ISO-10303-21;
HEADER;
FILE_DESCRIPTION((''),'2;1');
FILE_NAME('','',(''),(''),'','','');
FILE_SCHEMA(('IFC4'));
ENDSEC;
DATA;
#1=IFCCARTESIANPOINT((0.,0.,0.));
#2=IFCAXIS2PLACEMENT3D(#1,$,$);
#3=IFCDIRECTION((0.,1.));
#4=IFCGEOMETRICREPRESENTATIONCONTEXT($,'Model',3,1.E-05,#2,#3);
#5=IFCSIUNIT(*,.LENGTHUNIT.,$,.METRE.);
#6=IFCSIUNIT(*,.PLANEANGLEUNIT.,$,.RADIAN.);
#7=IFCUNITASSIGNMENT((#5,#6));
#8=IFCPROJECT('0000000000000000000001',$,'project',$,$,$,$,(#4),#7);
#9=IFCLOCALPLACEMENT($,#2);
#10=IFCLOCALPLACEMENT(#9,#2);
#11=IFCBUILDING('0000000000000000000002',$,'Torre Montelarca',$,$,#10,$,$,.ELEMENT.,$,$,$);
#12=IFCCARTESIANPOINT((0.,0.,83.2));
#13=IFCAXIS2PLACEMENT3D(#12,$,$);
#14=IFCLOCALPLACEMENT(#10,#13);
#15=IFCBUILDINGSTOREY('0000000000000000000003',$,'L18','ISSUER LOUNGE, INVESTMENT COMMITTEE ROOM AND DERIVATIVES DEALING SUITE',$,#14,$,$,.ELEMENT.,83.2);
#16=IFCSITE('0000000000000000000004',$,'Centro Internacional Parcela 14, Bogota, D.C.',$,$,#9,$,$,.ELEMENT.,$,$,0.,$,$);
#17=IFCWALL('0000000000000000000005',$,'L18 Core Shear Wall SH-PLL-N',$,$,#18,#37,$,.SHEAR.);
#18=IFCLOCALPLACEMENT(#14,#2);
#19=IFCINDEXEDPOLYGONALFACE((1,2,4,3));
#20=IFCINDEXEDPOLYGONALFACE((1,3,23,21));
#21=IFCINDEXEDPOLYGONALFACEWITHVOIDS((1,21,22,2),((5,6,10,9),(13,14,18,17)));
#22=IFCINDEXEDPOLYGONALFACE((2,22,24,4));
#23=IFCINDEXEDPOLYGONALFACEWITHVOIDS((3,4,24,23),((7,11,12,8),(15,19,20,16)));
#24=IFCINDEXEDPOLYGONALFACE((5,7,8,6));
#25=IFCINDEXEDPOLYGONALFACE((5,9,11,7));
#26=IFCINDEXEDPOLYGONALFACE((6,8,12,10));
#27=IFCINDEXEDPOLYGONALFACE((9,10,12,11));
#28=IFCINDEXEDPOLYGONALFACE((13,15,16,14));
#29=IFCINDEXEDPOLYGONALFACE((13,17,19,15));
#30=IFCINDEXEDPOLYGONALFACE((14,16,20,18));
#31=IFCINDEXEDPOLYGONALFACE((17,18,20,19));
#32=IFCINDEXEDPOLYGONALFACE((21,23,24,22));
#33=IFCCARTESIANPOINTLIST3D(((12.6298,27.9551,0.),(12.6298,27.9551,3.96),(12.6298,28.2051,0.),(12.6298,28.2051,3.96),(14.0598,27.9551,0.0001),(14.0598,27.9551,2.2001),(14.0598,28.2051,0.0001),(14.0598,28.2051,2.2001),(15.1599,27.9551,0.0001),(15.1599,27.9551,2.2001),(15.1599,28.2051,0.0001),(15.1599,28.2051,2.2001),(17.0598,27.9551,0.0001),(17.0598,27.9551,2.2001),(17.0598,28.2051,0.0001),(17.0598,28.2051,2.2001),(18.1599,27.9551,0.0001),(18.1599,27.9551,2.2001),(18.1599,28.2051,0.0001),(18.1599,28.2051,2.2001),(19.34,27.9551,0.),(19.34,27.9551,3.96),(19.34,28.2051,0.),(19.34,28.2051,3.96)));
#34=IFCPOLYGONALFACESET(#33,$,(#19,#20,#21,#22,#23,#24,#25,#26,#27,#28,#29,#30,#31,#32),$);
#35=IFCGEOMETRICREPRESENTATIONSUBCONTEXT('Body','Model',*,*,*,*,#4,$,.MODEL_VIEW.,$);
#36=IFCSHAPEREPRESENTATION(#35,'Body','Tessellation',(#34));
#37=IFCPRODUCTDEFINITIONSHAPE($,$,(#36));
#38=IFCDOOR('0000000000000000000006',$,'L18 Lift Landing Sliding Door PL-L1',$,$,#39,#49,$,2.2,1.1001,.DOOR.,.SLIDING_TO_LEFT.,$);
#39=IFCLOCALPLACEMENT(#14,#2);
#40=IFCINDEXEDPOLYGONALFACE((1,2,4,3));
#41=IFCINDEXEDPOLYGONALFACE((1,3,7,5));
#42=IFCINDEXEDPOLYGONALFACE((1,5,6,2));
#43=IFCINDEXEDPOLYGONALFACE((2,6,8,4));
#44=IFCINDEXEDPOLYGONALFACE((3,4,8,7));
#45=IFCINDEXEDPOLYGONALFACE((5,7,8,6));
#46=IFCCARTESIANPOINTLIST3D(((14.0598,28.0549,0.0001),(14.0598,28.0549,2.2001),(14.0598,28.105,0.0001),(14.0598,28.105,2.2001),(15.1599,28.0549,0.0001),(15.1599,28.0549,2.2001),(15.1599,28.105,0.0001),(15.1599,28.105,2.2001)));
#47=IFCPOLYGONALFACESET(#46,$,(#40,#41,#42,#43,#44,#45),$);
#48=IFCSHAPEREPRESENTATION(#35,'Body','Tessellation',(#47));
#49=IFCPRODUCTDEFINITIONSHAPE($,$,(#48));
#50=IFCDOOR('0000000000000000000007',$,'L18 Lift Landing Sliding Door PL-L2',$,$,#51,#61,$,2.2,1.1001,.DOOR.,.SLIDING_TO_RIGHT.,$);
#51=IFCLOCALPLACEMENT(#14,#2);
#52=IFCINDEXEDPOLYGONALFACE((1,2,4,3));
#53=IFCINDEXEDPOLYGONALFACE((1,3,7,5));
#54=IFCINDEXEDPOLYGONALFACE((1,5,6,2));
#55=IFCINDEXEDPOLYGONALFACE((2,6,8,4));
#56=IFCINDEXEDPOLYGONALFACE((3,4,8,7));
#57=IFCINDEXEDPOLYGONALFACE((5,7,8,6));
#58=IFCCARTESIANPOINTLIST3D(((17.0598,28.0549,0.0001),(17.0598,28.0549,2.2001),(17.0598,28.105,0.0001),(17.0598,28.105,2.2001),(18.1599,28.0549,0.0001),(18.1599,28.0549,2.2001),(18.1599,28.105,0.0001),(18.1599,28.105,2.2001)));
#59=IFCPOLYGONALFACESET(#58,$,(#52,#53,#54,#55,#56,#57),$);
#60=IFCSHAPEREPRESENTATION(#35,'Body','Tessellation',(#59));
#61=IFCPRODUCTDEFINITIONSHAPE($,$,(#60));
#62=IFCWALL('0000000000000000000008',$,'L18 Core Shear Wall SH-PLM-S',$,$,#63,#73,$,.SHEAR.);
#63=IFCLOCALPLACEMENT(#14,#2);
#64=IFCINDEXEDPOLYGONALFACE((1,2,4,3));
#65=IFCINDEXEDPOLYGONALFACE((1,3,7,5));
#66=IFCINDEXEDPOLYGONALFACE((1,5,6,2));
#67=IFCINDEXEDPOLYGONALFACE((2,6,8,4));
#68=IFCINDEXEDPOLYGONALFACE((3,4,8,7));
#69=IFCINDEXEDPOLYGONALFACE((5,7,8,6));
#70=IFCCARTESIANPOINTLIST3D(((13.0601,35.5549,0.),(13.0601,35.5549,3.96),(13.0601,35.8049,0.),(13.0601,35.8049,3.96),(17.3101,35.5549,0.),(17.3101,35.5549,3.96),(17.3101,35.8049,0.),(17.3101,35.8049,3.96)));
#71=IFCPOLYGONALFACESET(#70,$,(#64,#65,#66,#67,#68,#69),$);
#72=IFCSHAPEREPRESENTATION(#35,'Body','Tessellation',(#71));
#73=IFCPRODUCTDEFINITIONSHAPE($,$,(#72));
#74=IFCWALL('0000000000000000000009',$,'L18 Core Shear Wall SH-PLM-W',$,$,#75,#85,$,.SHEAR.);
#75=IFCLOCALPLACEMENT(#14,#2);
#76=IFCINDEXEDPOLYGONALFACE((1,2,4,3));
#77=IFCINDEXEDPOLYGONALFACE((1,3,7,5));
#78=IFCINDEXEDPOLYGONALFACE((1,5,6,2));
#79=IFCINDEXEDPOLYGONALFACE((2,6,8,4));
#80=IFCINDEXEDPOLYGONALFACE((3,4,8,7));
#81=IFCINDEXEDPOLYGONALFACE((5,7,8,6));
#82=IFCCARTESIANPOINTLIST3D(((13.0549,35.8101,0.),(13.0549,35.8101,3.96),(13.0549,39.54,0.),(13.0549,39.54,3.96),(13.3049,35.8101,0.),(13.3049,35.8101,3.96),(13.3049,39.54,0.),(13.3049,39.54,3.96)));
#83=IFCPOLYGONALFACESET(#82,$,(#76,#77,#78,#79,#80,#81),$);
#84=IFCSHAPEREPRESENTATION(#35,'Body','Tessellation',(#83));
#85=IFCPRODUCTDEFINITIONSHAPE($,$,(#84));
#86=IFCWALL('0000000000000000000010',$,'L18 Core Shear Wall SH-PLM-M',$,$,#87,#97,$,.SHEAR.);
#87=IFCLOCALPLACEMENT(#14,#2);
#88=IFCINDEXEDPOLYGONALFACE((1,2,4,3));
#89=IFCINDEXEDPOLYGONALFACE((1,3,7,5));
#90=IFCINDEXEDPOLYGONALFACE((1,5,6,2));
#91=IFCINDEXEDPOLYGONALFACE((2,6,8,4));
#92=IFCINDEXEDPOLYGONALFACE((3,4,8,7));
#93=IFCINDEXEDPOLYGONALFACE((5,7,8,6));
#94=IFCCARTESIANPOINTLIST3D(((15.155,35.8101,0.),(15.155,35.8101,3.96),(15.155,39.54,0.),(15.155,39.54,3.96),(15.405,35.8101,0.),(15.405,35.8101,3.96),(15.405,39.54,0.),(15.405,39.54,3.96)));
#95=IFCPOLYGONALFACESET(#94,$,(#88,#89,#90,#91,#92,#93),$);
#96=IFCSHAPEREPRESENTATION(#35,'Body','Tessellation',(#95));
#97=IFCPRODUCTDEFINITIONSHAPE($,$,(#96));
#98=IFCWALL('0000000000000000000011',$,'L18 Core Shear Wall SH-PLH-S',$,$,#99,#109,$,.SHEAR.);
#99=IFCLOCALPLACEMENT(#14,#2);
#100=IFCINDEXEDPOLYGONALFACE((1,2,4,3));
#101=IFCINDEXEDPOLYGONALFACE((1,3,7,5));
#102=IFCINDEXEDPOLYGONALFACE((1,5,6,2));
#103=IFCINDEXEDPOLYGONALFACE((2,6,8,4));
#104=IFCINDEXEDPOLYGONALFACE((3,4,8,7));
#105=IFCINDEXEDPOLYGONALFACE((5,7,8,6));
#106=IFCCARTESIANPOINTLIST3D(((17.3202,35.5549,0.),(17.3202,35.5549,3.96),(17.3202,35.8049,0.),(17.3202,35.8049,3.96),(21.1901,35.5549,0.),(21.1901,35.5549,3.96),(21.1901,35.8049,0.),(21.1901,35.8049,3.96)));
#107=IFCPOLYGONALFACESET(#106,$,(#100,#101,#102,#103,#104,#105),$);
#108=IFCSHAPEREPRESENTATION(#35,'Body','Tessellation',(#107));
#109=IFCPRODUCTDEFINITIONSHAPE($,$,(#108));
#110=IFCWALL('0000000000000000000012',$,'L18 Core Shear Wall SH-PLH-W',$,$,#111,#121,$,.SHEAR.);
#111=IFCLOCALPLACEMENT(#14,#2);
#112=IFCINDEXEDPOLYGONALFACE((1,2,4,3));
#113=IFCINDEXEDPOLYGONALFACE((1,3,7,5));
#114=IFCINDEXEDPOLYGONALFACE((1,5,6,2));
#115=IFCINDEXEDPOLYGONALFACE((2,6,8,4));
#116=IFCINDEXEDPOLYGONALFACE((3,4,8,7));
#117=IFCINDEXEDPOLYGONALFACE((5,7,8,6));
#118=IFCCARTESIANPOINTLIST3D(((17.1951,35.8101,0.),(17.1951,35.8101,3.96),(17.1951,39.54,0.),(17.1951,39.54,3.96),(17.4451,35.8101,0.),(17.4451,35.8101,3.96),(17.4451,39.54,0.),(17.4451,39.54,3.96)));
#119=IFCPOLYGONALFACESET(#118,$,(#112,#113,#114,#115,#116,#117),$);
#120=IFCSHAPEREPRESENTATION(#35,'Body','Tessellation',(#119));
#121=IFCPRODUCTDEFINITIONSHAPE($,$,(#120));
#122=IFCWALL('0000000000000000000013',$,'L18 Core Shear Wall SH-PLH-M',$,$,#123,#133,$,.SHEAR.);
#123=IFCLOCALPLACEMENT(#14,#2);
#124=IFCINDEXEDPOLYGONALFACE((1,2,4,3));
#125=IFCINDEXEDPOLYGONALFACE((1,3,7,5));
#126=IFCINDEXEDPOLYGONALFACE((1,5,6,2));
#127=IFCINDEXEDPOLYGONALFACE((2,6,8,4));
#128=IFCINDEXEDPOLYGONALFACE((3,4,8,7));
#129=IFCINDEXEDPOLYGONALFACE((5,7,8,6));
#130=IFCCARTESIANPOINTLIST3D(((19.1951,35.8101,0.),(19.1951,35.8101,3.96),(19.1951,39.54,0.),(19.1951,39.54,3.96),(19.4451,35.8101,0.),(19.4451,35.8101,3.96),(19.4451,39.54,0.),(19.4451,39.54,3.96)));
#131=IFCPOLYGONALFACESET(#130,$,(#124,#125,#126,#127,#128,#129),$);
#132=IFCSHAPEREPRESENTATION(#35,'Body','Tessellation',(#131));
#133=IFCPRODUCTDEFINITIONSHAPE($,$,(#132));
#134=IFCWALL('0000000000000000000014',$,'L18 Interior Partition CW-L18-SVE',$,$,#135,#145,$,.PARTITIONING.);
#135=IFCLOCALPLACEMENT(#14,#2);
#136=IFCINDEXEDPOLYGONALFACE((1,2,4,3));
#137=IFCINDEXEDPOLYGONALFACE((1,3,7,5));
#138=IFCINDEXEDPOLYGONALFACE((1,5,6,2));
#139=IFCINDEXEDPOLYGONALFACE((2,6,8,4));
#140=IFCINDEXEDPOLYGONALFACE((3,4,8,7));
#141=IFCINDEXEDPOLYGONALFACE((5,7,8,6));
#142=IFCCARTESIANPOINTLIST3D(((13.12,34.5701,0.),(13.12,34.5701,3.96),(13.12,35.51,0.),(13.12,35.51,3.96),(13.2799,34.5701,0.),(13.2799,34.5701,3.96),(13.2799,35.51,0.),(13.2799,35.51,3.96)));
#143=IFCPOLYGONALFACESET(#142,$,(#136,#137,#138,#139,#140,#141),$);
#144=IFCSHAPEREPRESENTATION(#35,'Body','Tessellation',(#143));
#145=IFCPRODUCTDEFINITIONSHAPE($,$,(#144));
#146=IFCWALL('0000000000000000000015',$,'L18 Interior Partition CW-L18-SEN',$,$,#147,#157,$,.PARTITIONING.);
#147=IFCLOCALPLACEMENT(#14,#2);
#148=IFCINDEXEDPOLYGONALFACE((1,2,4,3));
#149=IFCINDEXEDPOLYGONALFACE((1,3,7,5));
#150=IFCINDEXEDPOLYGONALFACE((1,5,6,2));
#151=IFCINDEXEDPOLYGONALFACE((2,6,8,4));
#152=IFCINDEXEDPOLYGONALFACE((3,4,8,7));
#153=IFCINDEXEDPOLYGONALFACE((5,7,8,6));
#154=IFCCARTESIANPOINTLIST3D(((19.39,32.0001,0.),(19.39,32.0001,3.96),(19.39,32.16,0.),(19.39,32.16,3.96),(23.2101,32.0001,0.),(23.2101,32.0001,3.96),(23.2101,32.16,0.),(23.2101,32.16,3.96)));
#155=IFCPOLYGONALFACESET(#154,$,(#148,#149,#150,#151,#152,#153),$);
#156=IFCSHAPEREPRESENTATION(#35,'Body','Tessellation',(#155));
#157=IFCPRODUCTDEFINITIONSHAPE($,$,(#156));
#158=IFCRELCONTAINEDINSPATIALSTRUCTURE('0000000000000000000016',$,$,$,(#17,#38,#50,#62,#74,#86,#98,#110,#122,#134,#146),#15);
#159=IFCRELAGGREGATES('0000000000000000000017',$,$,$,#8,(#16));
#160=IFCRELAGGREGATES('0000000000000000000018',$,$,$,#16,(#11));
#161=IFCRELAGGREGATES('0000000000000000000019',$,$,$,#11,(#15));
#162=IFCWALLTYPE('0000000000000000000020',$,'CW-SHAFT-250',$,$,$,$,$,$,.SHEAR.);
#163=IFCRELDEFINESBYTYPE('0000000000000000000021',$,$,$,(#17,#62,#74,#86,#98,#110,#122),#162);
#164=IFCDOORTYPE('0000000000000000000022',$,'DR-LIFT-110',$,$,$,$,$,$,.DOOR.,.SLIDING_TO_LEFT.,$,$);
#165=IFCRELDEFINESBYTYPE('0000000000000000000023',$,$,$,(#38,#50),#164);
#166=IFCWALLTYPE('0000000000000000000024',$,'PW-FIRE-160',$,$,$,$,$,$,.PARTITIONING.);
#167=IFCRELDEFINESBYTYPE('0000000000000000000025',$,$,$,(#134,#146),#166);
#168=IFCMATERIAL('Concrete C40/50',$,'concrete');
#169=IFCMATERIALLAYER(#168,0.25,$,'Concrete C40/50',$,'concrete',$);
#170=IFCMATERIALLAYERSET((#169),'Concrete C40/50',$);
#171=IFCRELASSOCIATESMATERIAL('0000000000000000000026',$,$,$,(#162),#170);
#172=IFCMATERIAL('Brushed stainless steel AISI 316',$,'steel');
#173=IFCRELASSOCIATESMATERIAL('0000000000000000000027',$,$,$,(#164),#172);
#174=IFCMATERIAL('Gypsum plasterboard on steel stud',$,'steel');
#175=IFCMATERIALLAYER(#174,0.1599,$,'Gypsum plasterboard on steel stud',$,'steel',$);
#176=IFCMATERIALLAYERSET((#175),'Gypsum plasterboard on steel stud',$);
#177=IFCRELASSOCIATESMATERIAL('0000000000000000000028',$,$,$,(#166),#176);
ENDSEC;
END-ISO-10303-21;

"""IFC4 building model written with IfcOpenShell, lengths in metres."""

from ifc_helpers import new_model, si_unit, direction, frame, frame_2d, origin, place, context, subcontext, project, spatial, rectangle, extrude, source, transform, mapped, material, layer, layer_set, type_object, element, fill, save


model = new_model("IFC4")

# Units and contexts
model_context = context("Model", 3, precision=1e-05, world=origin(), true_north=direction((0.0, 1.0)))
body_context = subcontext(model_context, "Body", "Model", "MODEL_VIEW")
ifc_project = project(units=[si_unit("LENGTHUNIT", "METRE"), si_unit("PLANEANGLEUNIT", "RADIAN")], contexts=[model_context])

# Site, building, storey
site_placement = place(None, origin())
site = spatial("IfcSite", under=ifc_project, at=site_placement, Name="Centro Internacional Parcela 14, Bogota, D.C.", CompositionType="ELEMENT", RefElevation=0.0)
building_placement = place(site_placement, origin())
building = spatial("IfcBuilding", under=site, at=building_placement, Name="Torre Montelarca", CompositionType="ELEMENT")
storey_placement = place(building_placement, frame((0.0, 0.0, 83.2)))
storey = spatial("IfcBuildingStorey", under=building, at=storey_placement, Name="L18", Description="ISSUER LOUNGE, INVESTMENT COMMITTEE ROOM AND DERIVATIVES DEALING SUITE", CompositionType="ELEMENT", Elevation=83.2)

# Shared definitions
ifc_material_1 = material(Name="Concrete C40/50", Category="concrete")
ifc_layer_1 = layer(ifc_material_1, 0.25, Name="Concrete C40/50", Category="concrete")
ifc_layer_set_1 = layer_set([ifc_layer_1], Name="Concrete C40/50")
wall_type_1 = type_object("IfcWallType", Name="CW-SHAFT-250", PredefinedType="SHEAR", material=ifc_layer_set_1)

# Wall, openings, doors
ifc_material_2 = material(Name="Brushed stainless steel AISI 316", Category="steel")
wall_1_placement = place(storey_placement, frame((12.6299, 28.0801, 0.0), z_axis=(0.0, 0.0, 1.0), x_axis=(1.0, 0.0, 0.0)))
wall_1 = element("IfcWall", 1, at=wall_1_placement, inside=storey, type_object=wall_type_1, Name="L18 Core Shear Wall SH-PLL-N", PredefinedType="SHEAR", context=body_context, shape_type="SweptSolid", body=[
    extrude(rectangle(XDim=6.7102, YDim=0.25, at=frame_2d((3.355, 0.0))), origin(), (0.0, 0.0, 1.0), 3.96),
])
opening_1_placement = place(wall_1_placement, frame((1.4299, 0.0, 0.0)))
opening_1 = element("IfcOpeningElement", 2, at=opening_1_placement, cuts=wall_1, PredefinedType="OPENING", context=body_context, shape_type="SweptSolid", body=[
    extrude(rectangle(XDim=1.1001, YDim=2.2, at=frame_2d((0.55, 1.1001))), frame((0.0, 0.135, 0.0), z_axis=(0.0, -1.0, 0.0), x_axis=(1.0, 0.0, 0.0)), (0.0, 0.0, 1.0), 0.27),
])
opening_2_placement = place(wall_1_placement, frame((4.4299, 0.0, 0.0)))
opening_2 = element("IfcOpeningElement", 3, at=opening_2_placement, cuts=wall_1, PredefinedType="OPENING", context=body_context, shape_type="SweptSolid", body=[
    extrude(rectangle(XDim=1.1001, YDim=2.2, at=frame_2d((0.55, 1.1001))), frame((0.0, 0.135, 0.0), z_axis=(0.0, -1.0, 0.0), x_axis=(1.0, 0.0, 0.0)), (0.0, 0.0, 1.0), 0.27),
])
door_type_1 = type_object("IfcDoorType", Name="DR-LIFT-110", OperationType="SLIDING_TO_LEFT", PredefinedType="DOOR", material=ifc_material_2)
shared_shape_1 = source(origin(), body_context, "Body", "SweptSolid", [
    extrude(rectangle(XDim=1.1001, YDim=2.2, at=frame_2d((0.55, 1.1001))), frame((0.0, 0.0249, 0.0), z_axis=(0.0, -1.0, 0.0), x_axis=(1.0, 0.0, 0.0)), (0.0, 0.0, 1.0), 0.05),
])
door_1_placement = place(opening_1_placement, origin())
door_1 = element("IfcDoor", 4, at=door_1_placement, inside=storey, type_object=door_type_1, Name="L18 Lift Landing Sliding Door PL-L1", OperationType="SLIDING_TO_LEFT", OverallHeight=2.2, OverallWidth=1.1001, PredefinedType="DOOR", context=body_context, shape_type="MappedRepresentation", body=[
    mapped(shared_shape_1, transform((0.0, 0.0, 0.0), scale=1.0)),
])
fill(opening_1, door_1)
door_2_placement = place(opening_2_placement, origin())
door_2 = element("IfcDoor", 5, at=door_2_placement, inside=storey, type_object=door_type_1, Name="L18 Lift Landing Sliding Door PL-L2", OperationType="SLIDING_TO_RIGHT", OverallHeight=2.2, OverallWidth=1.1001, PredefinedType="DOOR", context=body_context, shape_type="MappedRepresentation", body=[
    mapped(shared_shape_1, transform((0.0, 0.0, 0.0), scale=1.0)),
])
fill(opening_2, door_2)

# Walls
wall_2_placement = place(storey_placement, frame((13.0601, 35.6799, 0.0), z_axis=(0.0, 0.0, 1.0), x_axis=(1.0, 0.0, 0.0)))
element("IfcWall", 6, at=wall_2_placement, inside=storey, type_object=wall_type_1, Name="L18 Core Shear Wall SH-PLM-S", PredefinedType="SHEAR", context=body_context, shape_type="SweptSolid", body=[
    extrude(rectangle(XDim=4.25, YDim=0.25, at=frame_2d((2.125, 0.0))), origin(), (0.0, 0.0, 1.0), 3.96),
])
for number, where, z_axis, x_axis, name in (
    (7, (13.1799, 35.8101, 0.0), (0.0, 0.0, 1.0), (0.0, 1.0, 0.0), "L18 Core Shear Wall SH-PLM-W"),
    (8, (15.28, 35.8101, 0.0), (0.0, 0.0, 1.0), (0.0, 1.0, 0.0), "L18 Core Shear Wall SH-PLM-M"),
):
    element("IfcWall", number, at=place(storey_placement, frame(where, z_axis=z_axis, x_axis=x_axis)), inside=storey, type_object=wall_type_1, Name=name, PredefinedType="SHEAR", context=body_context, shape_type="SweptSolid", body=[
        extrude(rectangle(XDim=3.73, YDim=0.25, at=frame_2d((1.865, 0.0))), origin(), (0.0, 0.0, 1.0), 3.96),
    ])
wall_3_placement = place(storey_placement, frame((17.3201, 35.6799, 0.0), z_axis=(0.0, 0.0, 1.0), x_axis=(1.0, 0.0, 0.0)))
element("IfcWall", 9, at=wall_3_placement, inside=storey, type_object=wall_type_1, Name="L18 Core Shear Wall SH-PLH-S", PredefinedType="SHEAR", context=body_context, shape_type="SweptSolid", body=[
    extrude(rectangle(XDim=3.8699, YDim=0.25, at=frame_2d((1.9351, 0.0))), origin(), (0.0, 0.0, 1.0), 3.96),
])
for number, where, z_axis, x_axis, name in (
    (10, (17.3201, 35.8101, 0.0), (0.0, 0.0, 1.0), (0.0, 1.0, 0.0), "L18 Core Shear Wall SH-PLH-W"),
    (11, (19.3201, 35.8101, 0.0), (0.0, 0.0, 1.0), (0.0, 1.0, 0.0), "L18 Core Shear Wall SH-PLH-M"),
):
    element("IfcWall", number, at=place(storey_placement, frame(where, z_axis=z_axis, x_axis=x_axis)), inside=storey, type_object=wall_type_1, Name=name, PredefinedType="SHEAR", context=body_context, shape_type="SweptSolid", body=[
        extrude(rectangle(XDim=3.73, YDim=0.25, at=frame_2d((1.865, 0.0))), origin(), (0.0, 0.0, 1.0), 3.96),
    ])
ifc_material_3 = material(Name="Gypsum plasterboard on steel stud", Category="steel")
ifc_layer_2 = layer(ifc_material_3, 0.1599, Name="Gypsum plasterboard on steel stud", Category="steel")
ifc_layer_set_2 = layer_set([ifc_layer_2], Name="Gypsum plasterboard on steel stud")
wall_type_2 = type_object("IfcWallType", Name="PW-FIRE-160", PredefinedType="PARTITIONING", material=ifc_layer_set_2)
wall_4_placement = place(storey_placement, frame((13.2, 34.5701, 0.0), z_axis=(0.0, 0.0, 1.0), x_axis=(0.0, 1.0, 0.0)))
element("IfcWall", 12, at=wall_4_placement, inside=storey, type_object=wall_type_2, Name="L18 Interior Partition CW-L18-SVE", PredefinedType="PARTITIONING", context=body_context, shape_type="SweptSolid", body=[
    extrude(rectangle(XDim=0.9399, YDim=0.1599, at=frame_2d((0.47, 0.0))), origin(), (0.0, 0.0, 1.0), 3.96),
])
wall_5_placement = place(storey_placement, frame((19.3899, 32.0801, 0.0), z_axis=(0.0, 0.0, 1.0), x_axis=(1.0, 0.0, 0.0)))
element("IfcWall", 13, at=wall_5_placement, inside=storey, type_object=wall_type_2, Name="L18 Interior Partition CW-L18-SEN", PredefinedType="PARTITIONING", context=body_context, shape_type="SweptSolid", body=[
    extrude(rectangle(XDim=3.8201, YDim=0.1599, at=frame_2d((1.9102, 0.0))), origin(), (0.0, 0.0, 1.0), 3.96),
])

save(model, "model.ifc")
